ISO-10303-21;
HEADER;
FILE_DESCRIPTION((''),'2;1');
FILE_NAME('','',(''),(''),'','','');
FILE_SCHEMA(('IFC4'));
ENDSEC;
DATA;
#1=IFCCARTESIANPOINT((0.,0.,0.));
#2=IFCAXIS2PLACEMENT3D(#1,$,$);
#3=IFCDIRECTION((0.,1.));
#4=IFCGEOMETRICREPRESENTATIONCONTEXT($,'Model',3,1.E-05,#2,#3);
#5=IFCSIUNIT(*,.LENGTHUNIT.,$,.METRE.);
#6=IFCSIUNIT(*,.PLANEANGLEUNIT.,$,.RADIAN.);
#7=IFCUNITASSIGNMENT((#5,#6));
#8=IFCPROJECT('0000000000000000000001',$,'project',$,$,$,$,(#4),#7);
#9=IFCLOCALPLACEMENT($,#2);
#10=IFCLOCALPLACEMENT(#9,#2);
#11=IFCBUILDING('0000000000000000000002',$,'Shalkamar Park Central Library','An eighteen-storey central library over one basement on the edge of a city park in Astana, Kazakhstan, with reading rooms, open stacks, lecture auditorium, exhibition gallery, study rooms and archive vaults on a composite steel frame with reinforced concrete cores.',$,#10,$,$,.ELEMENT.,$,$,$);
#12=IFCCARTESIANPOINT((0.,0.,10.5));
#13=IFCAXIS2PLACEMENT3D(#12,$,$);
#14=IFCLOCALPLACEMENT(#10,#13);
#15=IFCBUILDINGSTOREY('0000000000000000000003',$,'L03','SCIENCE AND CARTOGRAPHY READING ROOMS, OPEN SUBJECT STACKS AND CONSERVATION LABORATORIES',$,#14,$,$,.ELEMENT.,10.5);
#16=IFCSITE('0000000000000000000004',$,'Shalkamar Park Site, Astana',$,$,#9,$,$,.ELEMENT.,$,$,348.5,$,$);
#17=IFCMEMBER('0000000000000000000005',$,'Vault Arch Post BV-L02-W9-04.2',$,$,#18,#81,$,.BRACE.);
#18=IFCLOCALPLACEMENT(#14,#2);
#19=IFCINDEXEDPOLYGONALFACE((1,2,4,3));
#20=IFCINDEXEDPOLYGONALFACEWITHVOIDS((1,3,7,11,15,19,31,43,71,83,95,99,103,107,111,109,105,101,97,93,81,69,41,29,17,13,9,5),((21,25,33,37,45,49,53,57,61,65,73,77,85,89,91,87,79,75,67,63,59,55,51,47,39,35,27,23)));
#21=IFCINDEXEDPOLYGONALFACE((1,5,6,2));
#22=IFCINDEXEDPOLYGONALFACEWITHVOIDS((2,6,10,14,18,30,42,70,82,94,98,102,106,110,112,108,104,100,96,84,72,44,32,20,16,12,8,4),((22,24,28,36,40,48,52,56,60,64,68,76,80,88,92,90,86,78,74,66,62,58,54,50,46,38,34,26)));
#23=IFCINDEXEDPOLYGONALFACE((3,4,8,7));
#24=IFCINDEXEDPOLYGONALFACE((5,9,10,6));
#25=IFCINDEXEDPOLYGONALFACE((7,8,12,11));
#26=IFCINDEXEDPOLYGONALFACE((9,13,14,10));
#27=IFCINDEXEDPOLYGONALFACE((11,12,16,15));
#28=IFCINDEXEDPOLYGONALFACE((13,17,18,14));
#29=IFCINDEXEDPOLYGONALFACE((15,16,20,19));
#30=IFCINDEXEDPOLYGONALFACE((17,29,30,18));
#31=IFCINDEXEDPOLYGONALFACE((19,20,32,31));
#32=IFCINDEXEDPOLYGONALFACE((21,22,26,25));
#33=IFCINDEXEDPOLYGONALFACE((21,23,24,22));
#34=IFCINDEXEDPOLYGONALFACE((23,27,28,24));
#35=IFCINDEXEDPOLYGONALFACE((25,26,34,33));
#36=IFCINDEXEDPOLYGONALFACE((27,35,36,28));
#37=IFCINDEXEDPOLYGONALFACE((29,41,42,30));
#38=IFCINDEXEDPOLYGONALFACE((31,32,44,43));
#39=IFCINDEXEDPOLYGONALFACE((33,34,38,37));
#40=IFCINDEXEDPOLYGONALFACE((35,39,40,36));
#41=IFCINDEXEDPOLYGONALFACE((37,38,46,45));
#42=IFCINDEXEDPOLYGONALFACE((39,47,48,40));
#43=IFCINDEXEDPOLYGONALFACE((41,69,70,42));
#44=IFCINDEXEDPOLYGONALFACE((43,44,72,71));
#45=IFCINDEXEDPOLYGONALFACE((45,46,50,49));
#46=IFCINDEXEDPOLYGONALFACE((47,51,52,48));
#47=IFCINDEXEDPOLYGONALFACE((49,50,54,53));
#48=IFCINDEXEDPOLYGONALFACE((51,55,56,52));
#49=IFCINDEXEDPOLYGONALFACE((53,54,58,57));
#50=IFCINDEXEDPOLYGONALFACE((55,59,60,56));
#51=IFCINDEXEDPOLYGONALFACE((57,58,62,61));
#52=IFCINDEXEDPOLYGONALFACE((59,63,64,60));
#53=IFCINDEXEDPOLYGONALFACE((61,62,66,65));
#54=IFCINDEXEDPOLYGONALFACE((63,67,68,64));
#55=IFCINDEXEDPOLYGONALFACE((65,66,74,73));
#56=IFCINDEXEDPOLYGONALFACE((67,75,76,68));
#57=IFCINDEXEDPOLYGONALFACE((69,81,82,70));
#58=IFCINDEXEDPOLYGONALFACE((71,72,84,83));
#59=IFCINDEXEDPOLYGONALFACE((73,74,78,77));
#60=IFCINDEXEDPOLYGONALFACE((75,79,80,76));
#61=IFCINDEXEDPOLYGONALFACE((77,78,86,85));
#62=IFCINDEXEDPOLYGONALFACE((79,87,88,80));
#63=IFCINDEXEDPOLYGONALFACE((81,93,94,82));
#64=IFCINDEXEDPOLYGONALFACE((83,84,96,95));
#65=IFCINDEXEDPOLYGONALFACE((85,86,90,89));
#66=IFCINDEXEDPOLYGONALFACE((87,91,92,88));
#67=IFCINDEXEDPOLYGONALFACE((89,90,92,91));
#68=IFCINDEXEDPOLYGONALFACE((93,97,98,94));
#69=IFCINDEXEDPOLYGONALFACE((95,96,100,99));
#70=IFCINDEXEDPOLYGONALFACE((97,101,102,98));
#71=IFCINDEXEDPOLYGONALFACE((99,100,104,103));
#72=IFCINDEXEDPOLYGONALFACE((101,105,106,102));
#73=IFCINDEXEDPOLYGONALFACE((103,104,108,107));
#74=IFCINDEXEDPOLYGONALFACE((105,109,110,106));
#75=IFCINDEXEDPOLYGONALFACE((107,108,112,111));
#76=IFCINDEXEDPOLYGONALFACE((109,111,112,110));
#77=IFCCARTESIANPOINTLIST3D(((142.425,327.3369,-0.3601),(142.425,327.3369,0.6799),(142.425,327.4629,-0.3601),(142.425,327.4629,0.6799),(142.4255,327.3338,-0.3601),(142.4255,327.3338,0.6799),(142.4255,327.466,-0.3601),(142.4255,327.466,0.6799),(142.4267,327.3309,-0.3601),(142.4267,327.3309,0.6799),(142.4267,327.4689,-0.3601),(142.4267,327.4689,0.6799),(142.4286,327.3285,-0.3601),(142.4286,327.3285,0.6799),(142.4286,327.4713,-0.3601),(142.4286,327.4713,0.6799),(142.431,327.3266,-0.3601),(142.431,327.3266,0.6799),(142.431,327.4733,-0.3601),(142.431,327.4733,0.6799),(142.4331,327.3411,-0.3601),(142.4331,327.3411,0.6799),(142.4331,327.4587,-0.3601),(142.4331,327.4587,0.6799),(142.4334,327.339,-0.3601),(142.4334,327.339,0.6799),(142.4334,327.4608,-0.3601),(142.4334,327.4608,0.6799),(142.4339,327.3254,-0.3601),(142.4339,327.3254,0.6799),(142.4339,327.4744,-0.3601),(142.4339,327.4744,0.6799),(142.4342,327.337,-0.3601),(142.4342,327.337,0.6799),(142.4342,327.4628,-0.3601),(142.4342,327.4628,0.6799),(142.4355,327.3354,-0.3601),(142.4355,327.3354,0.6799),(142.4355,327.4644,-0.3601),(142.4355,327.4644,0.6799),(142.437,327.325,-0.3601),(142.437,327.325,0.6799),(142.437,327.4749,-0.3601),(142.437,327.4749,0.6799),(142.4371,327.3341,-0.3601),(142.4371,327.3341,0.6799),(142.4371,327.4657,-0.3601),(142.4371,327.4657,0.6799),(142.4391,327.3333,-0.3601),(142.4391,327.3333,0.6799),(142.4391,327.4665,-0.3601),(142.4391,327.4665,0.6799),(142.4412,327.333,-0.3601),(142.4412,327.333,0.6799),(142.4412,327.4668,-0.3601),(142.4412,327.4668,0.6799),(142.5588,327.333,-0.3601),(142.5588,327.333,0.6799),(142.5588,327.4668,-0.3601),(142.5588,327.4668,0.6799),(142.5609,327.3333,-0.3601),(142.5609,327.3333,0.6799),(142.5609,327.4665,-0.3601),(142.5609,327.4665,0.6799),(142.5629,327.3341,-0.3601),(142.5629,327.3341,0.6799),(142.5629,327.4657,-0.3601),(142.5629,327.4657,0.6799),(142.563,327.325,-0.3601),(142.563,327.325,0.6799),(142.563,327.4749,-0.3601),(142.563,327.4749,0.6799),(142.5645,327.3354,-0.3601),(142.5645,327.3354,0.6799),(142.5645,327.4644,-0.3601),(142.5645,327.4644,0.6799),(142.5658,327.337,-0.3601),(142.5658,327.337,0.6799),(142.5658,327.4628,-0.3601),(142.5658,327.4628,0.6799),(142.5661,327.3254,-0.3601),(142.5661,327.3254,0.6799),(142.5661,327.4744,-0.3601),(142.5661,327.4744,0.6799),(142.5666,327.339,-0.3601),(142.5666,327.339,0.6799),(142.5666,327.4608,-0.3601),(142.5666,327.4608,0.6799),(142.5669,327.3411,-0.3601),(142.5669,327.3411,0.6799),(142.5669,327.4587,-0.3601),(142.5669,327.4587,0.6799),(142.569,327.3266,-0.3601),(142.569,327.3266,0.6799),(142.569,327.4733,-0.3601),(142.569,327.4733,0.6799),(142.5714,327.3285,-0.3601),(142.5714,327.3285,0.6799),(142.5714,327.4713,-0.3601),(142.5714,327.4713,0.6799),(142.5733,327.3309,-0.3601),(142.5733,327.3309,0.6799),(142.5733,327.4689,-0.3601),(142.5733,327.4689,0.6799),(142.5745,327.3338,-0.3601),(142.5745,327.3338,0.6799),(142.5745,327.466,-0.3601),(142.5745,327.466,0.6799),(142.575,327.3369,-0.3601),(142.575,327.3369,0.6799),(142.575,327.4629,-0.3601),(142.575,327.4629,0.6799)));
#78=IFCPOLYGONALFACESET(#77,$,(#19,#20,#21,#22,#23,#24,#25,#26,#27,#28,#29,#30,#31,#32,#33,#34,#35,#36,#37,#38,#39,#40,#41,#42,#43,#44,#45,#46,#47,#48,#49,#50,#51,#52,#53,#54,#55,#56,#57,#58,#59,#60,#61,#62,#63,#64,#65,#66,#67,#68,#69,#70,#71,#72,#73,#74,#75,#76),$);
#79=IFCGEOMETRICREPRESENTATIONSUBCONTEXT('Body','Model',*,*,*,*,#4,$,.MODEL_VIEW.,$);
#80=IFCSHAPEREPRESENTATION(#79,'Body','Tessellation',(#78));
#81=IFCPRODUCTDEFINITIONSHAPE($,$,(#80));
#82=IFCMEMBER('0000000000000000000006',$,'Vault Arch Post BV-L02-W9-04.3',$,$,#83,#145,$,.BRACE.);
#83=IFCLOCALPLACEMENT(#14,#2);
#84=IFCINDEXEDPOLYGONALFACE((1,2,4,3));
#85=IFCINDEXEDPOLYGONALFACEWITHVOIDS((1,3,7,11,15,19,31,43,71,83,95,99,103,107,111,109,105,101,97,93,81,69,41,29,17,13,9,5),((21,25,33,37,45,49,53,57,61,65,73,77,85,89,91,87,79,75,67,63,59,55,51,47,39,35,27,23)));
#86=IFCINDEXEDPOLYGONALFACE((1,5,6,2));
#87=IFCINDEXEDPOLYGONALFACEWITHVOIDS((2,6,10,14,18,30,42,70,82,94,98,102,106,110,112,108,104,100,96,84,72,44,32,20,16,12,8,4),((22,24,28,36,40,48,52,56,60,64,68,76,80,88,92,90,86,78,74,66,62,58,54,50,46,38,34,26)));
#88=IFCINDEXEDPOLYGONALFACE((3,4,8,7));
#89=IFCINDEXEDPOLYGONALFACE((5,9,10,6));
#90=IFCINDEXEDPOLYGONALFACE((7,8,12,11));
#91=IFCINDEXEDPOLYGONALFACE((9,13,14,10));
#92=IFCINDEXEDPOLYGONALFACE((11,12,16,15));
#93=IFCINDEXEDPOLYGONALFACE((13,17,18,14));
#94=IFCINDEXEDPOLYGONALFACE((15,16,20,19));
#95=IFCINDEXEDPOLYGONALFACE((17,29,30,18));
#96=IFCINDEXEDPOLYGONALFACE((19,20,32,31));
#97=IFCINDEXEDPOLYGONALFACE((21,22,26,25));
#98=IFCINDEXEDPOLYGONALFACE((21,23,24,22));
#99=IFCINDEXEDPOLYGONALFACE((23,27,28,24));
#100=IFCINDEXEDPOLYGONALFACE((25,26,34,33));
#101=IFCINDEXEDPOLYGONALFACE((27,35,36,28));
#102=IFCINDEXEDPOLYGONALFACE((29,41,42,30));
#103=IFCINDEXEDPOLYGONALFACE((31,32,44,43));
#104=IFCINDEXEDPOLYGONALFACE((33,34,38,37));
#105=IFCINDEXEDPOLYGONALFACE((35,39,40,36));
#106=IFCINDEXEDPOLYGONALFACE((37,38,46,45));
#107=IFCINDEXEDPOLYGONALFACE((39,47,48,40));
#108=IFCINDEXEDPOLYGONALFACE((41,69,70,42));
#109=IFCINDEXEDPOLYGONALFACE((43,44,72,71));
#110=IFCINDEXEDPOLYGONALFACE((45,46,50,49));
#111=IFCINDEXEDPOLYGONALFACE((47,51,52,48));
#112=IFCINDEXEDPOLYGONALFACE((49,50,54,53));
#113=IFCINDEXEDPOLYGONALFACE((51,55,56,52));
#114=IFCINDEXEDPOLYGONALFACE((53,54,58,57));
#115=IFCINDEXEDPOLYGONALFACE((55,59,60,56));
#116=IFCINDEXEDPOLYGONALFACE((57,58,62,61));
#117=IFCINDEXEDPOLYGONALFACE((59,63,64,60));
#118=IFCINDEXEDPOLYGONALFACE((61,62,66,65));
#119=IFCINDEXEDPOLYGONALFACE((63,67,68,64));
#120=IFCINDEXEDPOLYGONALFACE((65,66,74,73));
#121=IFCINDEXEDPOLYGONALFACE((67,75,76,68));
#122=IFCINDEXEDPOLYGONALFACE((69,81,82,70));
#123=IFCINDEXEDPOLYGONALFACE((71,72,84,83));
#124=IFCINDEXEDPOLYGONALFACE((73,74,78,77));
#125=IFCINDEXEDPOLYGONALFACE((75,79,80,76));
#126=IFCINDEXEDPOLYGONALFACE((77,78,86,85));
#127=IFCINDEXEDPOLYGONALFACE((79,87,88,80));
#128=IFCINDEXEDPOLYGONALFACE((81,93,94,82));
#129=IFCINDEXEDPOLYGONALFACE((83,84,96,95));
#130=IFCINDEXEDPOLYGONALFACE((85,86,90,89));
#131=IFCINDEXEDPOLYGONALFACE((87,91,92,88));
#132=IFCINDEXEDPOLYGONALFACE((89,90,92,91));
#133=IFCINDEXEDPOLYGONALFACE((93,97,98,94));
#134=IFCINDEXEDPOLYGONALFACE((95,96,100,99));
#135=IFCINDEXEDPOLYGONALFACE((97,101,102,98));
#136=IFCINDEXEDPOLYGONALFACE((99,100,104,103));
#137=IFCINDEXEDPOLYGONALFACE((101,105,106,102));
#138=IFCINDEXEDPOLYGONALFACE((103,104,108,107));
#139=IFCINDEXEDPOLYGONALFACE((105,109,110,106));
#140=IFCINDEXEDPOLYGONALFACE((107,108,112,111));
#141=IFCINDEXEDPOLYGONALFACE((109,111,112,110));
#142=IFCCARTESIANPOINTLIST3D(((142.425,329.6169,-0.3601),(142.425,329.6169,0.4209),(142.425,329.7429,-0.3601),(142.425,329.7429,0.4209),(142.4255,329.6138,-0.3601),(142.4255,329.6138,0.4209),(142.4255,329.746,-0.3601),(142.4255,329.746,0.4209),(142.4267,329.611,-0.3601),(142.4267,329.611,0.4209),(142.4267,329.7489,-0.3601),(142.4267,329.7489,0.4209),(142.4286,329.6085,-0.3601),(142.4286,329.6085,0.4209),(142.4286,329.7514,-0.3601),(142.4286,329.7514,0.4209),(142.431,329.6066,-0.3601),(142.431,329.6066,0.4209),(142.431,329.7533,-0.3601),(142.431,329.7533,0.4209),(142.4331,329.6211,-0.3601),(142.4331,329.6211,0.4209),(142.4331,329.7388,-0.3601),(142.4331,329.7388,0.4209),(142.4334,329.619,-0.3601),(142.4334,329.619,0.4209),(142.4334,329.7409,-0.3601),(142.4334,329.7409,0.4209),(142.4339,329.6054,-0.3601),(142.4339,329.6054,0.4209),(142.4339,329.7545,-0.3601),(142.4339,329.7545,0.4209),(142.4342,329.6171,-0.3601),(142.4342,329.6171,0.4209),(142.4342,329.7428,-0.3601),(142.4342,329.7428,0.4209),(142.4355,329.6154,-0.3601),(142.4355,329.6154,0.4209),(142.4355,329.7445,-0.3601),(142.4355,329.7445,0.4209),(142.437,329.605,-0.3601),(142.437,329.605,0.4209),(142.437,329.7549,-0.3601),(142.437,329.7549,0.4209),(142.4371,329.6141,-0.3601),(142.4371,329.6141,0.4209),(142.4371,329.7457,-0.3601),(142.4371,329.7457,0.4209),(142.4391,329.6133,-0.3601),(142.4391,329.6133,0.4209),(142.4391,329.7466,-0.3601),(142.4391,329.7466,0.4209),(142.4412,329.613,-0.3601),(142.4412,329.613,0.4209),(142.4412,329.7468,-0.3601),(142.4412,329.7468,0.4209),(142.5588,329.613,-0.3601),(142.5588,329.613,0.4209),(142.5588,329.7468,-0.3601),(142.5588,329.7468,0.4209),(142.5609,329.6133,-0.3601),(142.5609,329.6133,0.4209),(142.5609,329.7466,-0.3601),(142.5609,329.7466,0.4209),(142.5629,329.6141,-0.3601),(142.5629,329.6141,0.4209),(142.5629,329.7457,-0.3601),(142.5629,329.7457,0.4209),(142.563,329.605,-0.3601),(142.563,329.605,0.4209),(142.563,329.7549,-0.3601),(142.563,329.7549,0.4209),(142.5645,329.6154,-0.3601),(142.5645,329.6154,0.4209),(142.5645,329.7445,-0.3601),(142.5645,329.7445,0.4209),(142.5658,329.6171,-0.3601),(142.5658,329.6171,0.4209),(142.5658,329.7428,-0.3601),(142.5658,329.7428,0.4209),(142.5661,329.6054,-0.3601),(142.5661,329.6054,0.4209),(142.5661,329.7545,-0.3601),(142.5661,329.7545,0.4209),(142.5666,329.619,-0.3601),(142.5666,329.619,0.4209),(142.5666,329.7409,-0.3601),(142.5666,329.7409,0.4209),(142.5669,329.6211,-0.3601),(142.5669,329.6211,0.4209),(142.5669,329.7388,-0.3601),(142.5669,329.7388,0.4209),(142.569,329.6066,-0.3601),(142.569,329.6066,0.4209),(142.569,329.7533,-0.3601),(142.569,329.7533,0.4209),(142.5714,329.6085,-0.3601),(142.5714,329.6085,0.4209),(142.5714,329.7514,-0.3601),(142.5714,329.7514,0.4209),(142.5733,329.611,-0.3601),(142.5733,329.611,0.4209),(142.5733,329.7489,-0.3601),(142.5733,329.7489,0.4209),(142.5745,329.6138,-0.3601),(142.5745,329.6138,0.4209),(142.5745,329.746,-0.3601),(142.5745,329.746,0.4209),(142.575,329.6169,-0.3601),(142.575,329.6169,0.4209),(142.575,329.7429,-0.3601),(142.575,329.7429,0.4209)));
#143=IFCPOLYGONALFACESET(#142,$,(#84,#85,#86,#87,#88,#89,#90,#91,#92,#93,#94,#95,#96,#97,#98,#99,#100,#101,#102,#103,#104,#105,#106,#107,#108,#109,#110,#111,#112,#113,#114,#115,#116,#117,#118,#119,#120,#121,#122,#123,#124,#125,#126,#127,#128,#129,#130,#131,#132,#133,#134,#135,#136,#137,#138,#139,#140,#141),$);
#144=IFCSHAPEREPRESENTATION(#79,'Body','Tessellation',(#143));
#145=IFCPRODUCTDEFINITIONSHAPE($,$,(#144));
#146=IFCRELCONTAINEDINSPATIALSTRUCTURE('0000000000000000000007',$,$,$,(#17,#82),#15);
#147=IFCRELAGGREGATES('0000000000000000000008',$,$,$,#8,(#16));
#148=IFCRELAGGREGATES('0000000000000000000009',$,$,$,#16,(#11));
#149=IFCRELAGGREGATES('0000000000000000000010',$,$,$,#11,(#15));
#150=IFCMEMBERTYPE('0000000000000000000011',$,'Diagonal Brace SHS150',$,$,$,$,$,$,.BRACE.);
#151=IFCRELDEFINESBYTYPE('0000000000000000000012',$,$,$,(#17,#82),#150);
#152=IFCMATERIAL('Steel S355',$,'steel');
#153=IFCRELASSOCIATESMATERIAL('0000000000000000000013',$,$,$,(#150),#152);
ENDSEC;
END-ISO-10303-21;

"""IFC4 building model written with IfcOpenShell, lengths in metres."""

from ifc_helpers import new_model, si_unit, direction, frame, origin, origin_2d, place, context, subcontext, project, spatial, hollow_rectangle, extrude, material, material_profile, profile_set, type_object, element, save


model = new_model("IFC4")

# Units and contexts
model_context = context("Model", 3, precision=1e-05, world=origin(), true_north=direction((0.0, 1.0)))
body_context = subcontext(model_context, "Body", "Model", "MODEL_VIEW")
ifc_project = project(units=[si_unit("LENGTHUNIT", "METRE"), si_unit("PLANEANGLEUNIT", "RADIAN")], contexts=[model_context])

# Site, building, storey
site_placement = place(None, origin())
site = spatial("IfcSite", under=ifc_project, at=site_placement, Name="Shalkamar Park Site, Astana", CompositionType="ELEMENT", RefElevation=348.5)
building_placement = place(site_placement, origin())
building = spatial("IfcBuilding", under=site, at=building_placement, Name="Shalkamar Park Central Library", Description="An eighteen-storey central library over one basement on the edge of a city park in Astana, Kazakhstan, with reading rooms, open stacks, lecture auditorium, exhibition gallery, study rooms and archive vaults on a composite steel frame with reinforced concrete cores.", CompositionType="ELEMENT")
storey_placement = place(building_placement, frame((0.0, 0.0, 10.5)))
storey = spatial("IfcBuildingStorey", under=building, at=storey_placement, Name="L03", Description="SCIENCE AND CARTOGRAPHY READING ROOMS, OPEN SUBJECT STACKS AND CONSERVATION LABORATORIES", CompositionType="ELEMENT", Elevation=10.5)

# Members
ifc_material_1 = material(Name="Steel S355", Category="steel")
ifc_material_profile_1 = material_profile(ifc_material_1, hollow_rectangle(XDim=0.1499, YDim=0.1499, WallThickness=0.0081, InnerFilletRadius=0.0081, OuterFilletRadius=0.012, at=origin_2d()), Name="SHS 150x150x8")
ifc_profile_set_1 = profile_set([ifc_material_profile_1], Name="Steel S355")
member_type_1 = type_object("IfcMemberType", Name="Diagonal Brace SHS150", PredefinedType="BRACE", material=ifc_profile_set_1)
member_1_placement = place(storey_placement, frame((142.5, 327.3999, -0.3601), z_axis=(0.0, 0.0, 1.0), x_axis=(1.0, 0.0, 0.0)))
element("IfcMember", 1, at=member_1_placement, inside=storey, type_object=member_type_1, Name="Vault Arch Post BV-L02-W9-04.2", PredefinedType="BRACE", context=body_context, shape_type="SweptSolid", body=[
    extrude(hollow_rectangle(XDim=0.1499, YDim=0.1499, WallThickness=0.0081, InnerFilletRadius=0.0081, OuterFilletRadius=0.012, at=origin_2d()), origin(), (0.0, 0.0, 1.0), 1.04),
])
for number, where, z_axis, x_axis, name in (
    (2, (142.5, 329.6799, -0.3601), (0.0, 0.0, 1.0), (1.0, 0.0, 0.0), "Vault Arch Post BV-L02-W9-04.3"),
):
    element("IfcMember", number, at=place(storey_placement, frame(where, z_axis=z_axis, x_axis=x_axis)), inside=storey, type_object=member_type_1, Name=name, PredefinedType="BRACE", context=body_context, shape_type="SweptSolid", body=[
        extrude(hollow_rectangle(XDim=0.1499, YDim=0.1499, WallThickness=0.0081, InnerFilletRadius=0.0081, OuterFilletRadius=0.012, at=origin_2d()), origin(), (0.0, 0.0, 1.0), 0.781),
    ])

save(model, "model.ifc")
